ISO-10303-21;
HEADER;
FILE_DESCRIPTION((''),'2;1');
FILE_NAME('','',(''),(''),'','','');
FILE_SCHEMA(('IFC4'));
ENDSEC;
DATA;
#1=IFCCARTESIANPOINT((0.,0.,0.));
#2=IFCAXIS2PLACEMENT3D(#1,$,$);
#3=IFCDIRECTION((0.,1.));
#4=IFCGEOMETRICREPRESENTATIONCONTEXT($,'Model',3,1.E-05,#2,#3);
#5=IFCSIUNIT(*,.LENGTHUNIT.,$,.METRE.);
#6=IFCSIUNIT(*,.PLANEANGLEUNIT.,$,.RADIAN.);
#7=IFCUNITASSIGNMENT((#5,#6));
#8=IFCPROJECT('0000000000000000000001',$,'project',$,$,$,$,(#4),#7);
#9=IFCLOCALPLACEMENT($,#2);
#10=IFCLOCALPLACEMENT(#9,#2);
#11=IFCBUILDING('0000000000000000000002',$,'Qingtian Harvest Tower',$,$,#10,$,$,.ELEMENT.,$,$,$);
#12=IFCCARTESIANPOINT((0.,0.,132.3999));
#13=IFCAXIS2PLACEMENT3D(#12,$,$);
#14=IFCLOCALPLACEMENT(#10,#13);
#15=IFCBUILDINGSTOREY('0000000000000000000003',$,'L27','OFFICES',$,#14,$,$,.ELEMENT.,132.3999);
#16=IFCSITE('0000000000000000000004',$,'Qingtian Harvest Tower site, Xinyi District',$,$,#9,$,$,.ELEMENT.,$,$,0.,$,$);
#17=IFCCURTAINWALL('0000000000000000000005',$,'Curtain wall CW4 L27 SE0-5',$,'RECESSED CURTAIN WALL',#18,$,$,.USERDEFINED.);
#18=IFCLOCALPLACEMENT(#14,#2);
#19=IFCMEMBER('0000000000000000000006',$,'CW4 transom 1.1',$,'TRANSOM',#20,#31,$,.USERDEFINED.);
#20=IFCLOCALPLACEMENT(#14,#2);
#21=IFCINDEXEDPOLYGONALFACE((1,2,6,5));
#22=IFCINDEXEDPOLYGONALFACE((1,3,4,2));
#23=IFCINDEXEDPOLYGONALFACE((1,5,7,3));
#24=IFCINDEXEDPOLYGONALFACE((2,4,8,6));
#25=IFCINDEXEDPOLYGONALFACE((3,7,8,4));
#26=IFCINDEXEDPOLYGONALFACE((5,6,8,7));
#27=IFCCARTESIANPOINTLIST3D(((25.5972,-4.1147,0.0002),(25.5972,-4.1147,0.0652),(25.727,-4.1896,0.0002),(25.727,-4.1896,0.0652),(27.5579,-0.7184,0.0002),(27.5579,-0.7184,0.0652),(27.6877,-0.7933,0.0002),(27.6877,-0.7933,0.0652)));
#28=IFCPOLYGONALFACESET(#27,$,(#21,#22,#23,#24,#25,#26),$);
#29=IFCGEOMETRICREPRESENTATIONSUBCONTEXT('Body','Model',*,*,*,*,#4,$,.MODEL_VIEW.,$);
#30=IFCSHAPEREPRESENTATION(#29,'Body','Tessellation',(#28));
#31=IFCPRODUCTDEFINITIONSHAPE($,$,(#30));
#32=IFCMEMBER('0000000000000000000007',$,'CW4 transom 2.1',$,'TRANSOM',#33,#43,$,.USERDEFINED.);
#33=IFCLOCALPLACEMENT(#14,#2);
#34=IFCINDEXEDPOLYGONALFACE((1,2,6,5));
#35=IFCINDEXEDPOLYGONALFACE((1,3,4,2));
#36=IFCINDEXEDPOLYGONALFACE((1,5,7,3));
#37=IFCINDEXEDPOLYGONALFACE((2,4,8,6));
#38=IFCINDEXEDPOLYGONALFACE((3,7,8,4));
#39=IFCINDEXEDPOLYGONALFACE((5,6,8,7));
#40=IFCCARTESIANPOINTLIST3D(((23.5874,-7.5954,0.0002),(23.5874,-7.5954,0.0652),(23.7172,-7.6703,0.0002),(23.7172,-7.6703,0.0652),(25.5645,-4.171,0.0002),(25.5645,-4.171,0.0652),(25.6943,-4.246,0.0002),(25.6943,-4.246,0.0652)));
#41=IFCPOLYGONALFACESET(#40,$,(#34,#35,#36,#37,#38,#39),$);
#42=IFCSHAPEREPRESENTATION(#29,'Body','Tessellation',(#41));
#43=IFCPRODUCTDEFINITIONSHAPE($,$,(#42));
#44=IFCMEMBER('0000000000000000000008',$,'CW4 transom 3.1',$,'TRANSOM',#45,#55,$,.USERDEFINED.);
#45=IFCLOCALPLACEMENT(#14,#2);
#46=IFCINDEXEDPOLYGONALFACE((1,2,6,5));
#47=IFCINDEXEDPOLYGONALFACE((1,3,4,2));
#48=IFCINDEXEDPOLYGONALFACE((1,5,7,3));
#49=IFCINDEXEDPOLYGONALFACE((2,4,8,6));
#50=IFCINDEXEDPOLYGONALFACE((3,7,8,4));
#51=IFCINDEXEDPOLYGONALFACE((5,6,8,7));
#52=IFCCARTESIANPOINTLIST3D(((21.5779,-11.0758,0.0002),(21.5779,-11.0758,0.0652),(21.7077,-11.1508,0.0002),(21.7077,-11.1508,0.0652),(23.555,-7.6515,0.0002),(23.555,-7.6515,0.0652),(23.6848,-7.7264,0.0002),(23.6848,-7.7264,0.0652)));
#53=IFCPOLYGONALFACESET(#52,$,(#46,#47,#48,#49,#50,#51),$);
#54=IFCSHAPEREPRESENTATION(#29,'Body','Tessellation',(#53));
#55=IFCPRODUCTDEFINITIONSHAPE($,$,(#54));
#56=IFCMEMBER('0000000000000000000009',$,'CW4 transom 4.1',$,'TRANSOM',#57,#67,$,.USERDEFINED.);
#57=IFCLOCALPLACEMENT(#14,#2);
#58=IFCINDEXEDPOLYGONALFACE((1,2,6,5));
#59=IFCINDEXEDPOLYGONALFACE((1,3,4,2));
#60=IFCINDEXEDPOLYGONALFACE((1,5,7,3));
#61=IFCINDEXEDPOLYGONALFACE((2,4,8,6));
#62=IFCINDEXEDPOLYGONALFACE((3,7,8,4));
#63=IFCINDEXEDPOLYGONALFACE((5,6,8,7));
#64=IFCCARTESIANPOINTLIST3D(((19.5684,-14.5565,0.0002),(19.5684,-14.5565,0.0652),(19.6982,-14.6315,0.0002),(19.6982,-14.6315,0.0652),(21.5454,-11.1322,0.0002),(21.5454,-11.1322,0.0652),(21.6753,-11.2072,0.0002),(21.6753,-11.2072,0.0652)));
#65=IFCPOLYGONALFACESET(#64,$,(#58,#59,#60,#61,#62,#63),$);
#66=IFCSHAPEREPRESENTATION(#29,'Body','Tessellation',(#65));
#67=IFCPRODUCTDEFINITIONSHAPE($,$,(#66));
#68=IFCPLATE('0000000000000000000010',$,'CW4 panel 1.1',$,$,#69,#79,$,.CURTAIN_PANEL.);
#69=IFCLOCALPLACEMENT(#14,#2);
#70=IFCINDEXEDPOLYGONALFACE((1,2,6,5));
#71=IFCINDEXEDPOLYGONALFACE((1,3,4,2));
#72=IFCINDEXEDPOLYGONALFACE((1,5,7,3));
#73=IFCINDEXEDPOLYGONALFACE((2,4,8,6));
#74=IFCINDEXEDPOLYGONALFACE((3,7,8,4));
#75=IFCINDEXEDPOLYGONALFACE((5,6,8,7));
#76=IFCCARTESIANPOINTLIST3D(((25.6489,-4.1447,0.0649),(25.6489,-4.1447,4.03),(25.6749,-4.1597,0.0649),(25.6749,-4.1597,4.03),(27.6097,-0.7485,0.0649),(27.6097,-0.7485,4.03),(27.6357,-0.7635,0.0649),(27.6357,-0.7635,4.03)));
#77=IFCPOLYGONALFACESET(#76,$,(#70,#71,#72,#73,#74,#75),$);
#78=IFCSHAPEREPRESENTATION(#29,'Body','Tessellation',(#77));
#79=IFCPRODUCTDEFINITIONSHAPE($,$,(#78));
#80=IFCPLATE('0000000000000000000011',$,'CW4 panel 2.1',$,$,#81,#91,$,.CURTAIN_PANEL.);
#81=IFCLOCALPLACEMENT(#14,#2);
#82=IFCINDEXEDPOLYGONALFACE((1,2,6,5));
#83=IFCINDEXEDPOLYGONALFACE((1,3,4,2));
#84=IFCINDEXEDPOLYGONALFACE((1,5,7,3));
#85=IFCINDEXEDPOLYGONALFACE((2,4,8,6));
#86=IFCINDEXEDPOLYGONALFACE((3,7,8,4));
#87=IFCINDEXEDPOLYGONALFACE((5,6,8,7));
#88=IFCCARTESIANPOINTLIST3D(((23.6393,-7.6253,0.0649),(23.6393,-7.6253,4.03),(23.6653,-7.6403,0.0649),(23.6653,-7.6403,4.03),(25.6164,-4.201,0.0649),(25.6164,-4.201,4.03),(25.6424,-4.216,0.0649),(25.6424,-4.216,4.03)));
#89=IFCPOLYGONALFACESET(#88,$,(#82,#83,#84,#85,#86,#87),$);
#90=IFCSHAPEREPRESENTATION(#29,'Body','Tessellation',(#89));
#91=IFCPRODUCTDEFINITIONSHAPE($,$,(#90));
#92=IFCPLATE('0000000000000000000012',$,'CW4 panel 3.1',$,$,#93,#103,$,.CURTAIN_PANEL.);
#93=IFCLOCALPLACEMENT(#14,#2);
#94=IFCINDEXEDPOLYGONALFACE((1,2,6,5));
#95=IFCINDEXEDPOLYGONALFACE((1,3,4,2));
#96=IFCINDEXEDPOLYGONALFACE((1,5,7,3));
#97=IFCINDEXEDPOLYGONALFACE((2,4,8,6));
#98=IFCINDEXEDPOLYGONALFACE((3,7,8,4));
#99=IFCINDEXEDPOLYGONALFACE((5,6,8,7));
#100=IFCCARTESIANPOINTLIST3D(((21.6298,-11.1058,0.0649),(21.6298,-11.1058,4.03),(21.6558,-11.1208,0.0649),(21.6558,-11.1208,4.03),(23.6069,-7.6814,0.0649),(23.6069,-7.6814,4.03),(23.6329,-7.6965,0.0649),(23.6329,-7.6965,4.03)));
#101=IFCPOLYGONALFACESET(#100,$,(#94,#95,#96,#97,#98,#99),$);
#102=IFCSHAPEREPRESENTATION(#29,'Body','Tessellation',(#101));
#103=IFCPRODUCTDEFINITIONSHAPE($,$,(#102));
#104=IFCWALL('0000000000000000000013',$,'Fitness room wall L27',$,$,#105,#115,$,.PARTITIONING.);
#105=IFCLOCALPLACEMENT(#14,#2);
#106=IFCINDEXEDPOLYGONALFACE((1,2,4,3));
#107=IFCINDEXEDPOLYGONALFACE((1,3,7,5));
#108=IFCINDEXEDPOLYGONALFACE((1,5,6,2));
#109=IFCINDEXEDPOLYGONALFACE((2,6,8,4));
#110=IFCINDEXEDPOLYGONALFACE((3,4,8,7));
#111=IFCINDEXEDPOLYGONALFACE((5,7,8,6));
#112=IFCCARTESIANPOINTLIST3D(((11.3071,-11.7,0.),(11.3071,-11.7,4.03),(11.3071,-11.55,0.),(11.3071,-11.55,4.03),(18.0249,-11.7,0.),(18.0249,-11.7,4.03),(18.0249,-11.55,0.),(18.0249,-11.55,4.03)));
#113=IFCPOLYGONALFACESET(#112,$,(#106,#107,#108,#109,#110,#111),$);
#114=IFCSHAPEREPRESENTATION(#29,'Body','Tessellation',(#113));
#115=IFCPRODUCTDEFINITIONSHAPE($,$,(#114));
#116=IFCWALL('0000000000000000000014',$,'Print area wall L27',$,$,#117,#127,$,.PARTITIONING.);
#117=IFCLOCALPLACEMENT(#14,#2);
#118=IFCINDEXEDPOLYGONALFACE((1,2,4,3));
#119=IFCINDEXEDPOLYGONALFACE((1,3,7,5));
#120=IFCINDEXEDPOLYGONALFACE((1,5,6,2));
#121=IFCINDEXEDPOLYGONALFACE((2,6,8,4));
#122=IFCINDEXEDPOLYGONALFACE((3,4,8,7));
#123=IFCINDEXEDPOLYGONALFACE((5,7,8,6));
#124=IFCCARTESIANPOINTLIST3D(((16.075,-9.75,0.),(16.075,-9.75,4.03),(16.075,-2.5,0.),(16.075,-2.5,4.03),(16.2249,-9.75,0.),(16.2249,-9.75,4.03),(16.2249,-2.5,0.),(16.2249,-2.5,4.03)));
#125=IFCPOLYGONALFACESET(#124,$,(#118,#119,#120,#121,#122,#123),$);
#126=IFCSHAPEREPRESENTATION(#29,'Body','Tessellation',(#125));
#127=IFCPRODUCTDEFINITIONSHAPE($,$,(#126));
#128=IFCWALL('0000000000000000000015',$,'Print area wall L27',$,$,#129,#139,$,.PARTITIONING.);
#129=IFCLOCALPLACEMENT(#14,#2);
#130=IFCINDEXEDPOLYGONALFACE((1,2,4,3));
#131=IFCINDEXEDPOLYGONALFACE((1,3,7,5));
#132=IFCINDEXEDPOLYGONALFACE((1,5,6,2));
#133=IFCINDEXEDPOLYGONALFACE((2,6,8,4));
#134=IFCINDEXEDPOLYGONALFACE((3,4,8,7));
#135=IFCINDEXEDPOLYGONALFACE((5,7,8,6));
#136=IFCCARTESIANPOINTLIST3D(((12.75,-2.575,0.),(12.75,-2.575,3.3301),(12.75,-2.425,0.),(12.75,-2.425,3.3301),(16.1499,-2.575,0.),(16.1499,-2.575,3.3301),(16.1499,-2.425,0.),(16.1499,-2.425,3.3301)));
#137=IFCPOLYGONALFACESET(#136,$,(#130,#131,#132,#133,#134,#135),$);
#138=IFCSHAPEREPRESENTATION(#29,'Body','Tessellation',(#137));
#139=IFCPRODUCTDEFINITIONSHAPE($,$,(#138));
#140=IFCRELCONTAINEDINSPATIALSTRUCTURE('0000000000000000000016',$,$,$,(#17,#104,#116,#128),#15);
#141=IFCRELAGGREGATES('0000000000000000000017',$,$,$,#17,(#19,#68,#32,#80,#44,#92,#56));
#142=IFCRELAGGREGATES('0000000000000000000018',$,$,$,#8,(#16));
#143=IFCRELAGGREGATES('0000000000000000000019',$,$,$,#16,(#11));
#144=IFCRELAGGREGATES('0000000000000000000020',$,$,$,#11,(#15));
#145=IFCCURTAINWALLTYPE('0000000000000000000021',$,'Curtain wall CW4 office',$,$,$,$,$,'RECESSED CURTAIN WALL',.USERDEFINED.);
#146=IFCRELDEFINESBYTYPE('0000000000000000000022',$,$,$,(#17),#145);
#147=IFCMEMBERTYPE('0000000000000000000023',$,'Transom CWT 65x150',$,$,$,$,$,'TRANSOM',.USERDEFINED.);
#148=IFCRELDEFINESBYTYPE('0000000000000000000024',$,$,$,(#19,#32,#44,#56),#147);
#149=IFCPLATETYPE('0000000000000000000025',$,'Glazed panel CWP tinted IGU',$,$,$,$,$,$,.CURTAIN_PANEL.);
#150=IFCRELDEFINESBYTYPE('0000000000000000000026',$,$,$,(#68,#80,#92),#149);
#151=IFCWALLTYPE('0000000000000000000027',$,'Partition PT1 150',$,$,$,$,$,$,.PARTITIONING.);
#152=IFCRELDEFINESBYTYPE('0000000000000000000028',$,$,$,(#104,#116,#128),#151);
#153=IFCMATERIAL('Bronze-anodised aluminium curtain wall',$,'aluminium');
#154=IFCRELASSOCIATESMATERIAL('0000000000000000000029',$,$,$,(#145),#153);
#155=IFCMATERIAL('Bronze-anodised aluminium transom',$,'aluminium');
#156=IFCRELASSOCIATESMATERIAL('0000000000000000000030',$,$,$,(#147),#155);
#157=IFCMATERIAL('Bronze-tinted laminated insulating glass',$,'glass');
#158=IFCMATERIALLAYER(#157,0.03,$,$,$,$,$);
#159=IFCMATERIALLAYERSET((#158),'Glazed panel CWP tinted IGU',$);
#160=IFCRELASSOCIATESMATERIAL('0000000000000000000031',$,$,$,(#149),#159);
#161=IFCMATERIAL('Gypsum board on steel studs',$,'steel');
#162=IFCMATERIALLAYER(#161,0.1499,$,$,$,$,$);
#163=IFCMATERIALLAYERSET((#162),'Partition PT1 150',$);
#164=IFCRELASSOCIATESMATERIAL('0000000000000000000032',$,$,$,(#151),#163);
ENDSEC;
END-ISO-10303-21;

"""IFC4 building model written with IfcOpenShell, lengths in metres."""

from ifc_helpers import new_model, si_unit, direction, frame, frame_2d, origin, origin_2d, place, context, subcontext, project, spatial, rectangle, extrude, material, layer, layer_set, material_profile, profile_set, type_object, element, aggregate, save


model = new_model("IFC4")

# Units and contexts
model_context = context("Model", 3, precision=1e-05, world=origin(), true_north=direction((0.0, 1.0)))
body_context = subcontext(model_context, "Body", "Model", "MODEL_VIEW")
ifc_project = project(units=[si_unit("LENGTHUNIT", "METRE"), si_unit("PLANEANGLEUNIT", "RADIAN")], contexts=[model_context])

# Site, building, storey
site_placement = place(None, origin())
site = spatial("IfcSite", under=ifc_project, at=site_placement, Name="Qingtian Harvest Tower site, Xinyi District", CompositionType="ELEMENT", RefElevation=0.0)
building_placement = place(site_placement, origin())
building = spatial("IfcBuilding", under=site, at=building_placement, Name="Qingtian Harvest Tower", CompositionType="ELEMENT")
storey_placement = place(building_placement, frame((0.0, 0.0, 132.3999)))
storey = spatial("IfcBuildingStorey", under=building, at=storey_placement, Name="L27", Description="OFFICES", CompositionType="ELEMENT", Elevation=132.3999)

# Shared definitions
ifc_material_1 = material(Name="Bronze-anodised aluminium curtain wall", Category="aluminium")
curtain_wall_type = type_object("IfcCurtainWallType", Name="Curtain wall CW4 office", ElementType="RECESSED CURTAIN WALL", PredefinedType="USERDEFINED", material=ifc_material_1)

# Curtain wall
curtain_wall_1_placement = place(storey_placement, origin())
curtain_wall_1 = element("IfcCurtainWall", 1, at=curtain_wall_1_placement, inside=storey, type_object=curtain_wall_type, Name="Curtain wall CW4 L27 SE0-5", ObjectType="RECESSED CURTAIN WALL", PredefinedType="USERDEFINED")

# Members
ifc_material_2 = material(Name="Bronze-anodised aluminium transom", Category="aluminium")
ifc_material_profile_1 = material_profile(ifc_material_2, rectangle(XDim=0.1499, YDim=0.0649, at=origin_2d()), Name="AL 65x150")
ifc_profile_set_1 = profile_set([ifc_material_profile_1], Name="Bronze-anodised aluminium transom")
member_type_1 = type_object("IfcMemberType", Name="Transom CWT 65x150", ElementType="TRANSOM", PredefinedType="USERDEFINED", material=ifc_profile_set_1)
member_1_placement = place(storey_placement, frame((27.6228, -0.7559, 0.0327), z_axis=(-0.499976, -0.866039, 0.0), x_axis=(0.866039, -0.499976, 0.0)))
member_1 = element("IfcMember", 2, at=member_1_placement, type_object=member_type_1, Name="CW4 transom 1.1", ObjectType="TRANSOM", PredefinedType="USERDEFINED", context=body_context, shape_type="SweptSolid", body=[
    extrude(rectangle(XDim=0.1499, YDim=0.0649, at=origin_2d()), origin(), (0.0, 0.0, 1.0), 3.9216),
])
member_2_placement = place(storey_placement, frame((25.6294, -4.2085, 0.0327), z_axis=(-0.500004, -0.866023, 0.0), x_axis=(0.866023, -0.500004, 0.0)))
member_2 = element("IfcMember", 3, at=member_2_placement, type_object=member_type_1, Name="CW4 transom 2.1", ObjectType="TRANSOM", PredefinedType="USERDEFINED", context=body_context, shape_type="SweptSolid", body=[
    extrude(rectangle(XDim=0.1499, YDim=0.0649, at=origin_2d()), origin(), (0.0, 0.0, 1.0), 3.9541),
])
member_3_placement = place(storey_placement, frame((23.6199, -7.689, 0.0327), z_axis=(-0.500004, -0.866023, 0.0), x_axis=(0.866023, -0.500004, 0.0)))
member_3 = element("IfcMember", 4, at=member_3_placement, type_object=member_type_1, Name="CW4 transom 3.1", ObjectType="TRANSOM", PredefinedType="USERDEFINED", context=body_context, shape_type="SweptSolid", body=[
    extrude(rectangle(XDim=0.1499, YDim=0.0649, at=origin_2d()), origin(), (0.0, 0.0, 1.0), 3.9541),
])
member_4_placement = place(storey_placement, frame((21.6104, -11.1697, 0.0327), z_axis=(-0.500004, -0.866023, 0.0), x_axis=(0.866023, -0.500004, 0.0)))
member_4 = element("IfcMember", 5, at=member_4_placement, type_object=member_type_1, Name="CW4 transom 4.1", ObjectType="TRANSOM", PredefinedType="USERDEFINED", context=body_context, shape_type="SweptSolid", body=[
    extrude(rectangle(XDim=0.1499, YDim=0.0649, at=origin_2d()), origin(), (0.0, 0.0, 1.0), 3.9541),
])

# Plates
ifc_material_3 = material(Name="Bronze-tinted laminated insulating glass", Category="glass")
ifc_layer_1 = layer(ifc_material_3, 0.03)
ifc_layer_set_1 = layer_set([ifc_layer_1], Name="Glazed panel CWP tinted IGU")
plate_type = type_object("IfcPlateType", Name="Glazed panel CWP tinted IGU", PredefinedType="CURTAIN_PANEL", material=ifc_layer_set_1)
plate_1_placement = place(storey_placement, frame((26.6423, -2.4541, 0.0649), z_axis=(0.0, 0.0, 1.0), x_axis=(-0.5, -0.866025, 0.0)))
plate_1 = element("IfcPlate", 6, at=plate_1_placement, type_object=plate_type, Name="CW4 panel 1.1", PredefinedType="CURTAIN_PANEL", context=body_context, shape_type="SweptSolid", body=[
    extrude(rectangle(XDim=3.9216, YDim=0.03, at=origin_2d()), origin(), (0.0, 0.0, 1.0), 3.9651),
])
plate_2_placement = place(storey_placement, frame((24.6409, -5.9207, 0.0649), z_axis=(0.0, 0.0, 1.0), x_axis=(-0.5, -0.866025, 0.0)))
plate_2 = element("IfcPlate", 7, at=plate_2_placement, type_object=plate_type, Name="CW4 panel 2.1", PredefinedType="CURTAIN_PANEL", context=body_context, shape_type="SweptSolid", body=[
    extrude(rectangle(XDim=3.9541, YDim=0.03, at=origin_2d()), origin(), (0.0, 0.0, 1.0), 3.9651),
])
plate_3_placement = place(storey_placement, frame((22.6313, -9.4011, 0.0649), z_axis=(0.0, 0.0, 1.0), x_axis=(-0.5, -0.866025, 0.0)))
plate_3 = element("IfcPlate", 8, at=plate_3_placement, type_object=plate_type, Name="CW4 panel 3.1", PredefinedType="CURTAIN_PANEL", context=body_context, shape_type="SweptSolid", body=[
    extrude(rectangle(XDim=3.9541, YDim=0.03, at=origin_2d()), origin(), (0.0, 0.0, 1.0), 3.9651),
])
aggregate(curtain_wall_1, [member_1, plate_1, member_2, plate_2, member_3, plate_3, member_4])

# Walls
ifc_material_4 = material(Name="Gypsum board on steel studs", Category="steel")
ifc_layer_2 = layer(ifc_material_4, 0.1499)
ifc_layer_set_2 = layer_set([ifc_layer_2], Name="Partition PT1 150")
wall_type = type_object("IfcWallType", Name="Partition PT1 150", PredefinedType="PARTITIONING", material=ifc_layer_set_2)
wall_1_placement = place(storey_placement, frame((18.0249, -11.625, 0.0), z_axis=(0.0, 0.0, 1.0), x_axis=(-1.0, 0.0, 0.0)))
element("IfcWall", 9, at=wall_1_placement, inside=storey, type_object=wall_type, Name="Fitness room wall L27", PredefinedType="PARTITIONING", context=body_context, shape_type="SweptSolid", body=[
    extrude(rectangle(XDim=6.7178, YDim=0.1499, at=frame_2d((3.3589, 0.0))), origin(), (0.0, 0.0, 1.0), 4.03),
])
wall_2_placement = place(storey_placement, frame((16.1499, -9.75, 0.0), z_axis=(0.0, 0.0, 1.0), x_axis=(0.0, 1.0, 0.0)))
element("IfcWall", 10, at=wall_2_placement, inside=storey, type_object=wall_type, Name="Print area wall L27", PredefinedType="PARTITIONING", context=body_context, shape_type="SweptSolid", body=[
    extrude(rectangle(XDim=7.25, YDim=0.1499, at=frame_2d((3.625, 0.0))), origin(), (0.0, 0.0, 1.0), 4.03),
])
wall_3_placement = place(storey_placement, frame((12.75, -2.5, 0.0), z_axis=(0.0, 0.0, 1.0), x_axis=(1.0, 0.0, 0.0)))
element("IfcWall", 11, at=wall_3_placement, inside=storey, type_object=wall_type, Name="Print area wall L27", PredefinedType="PARTITIONING", context=body_context, shape_type="SweptSolid", body=[
    extrude(rectangle(XDim=3.3999, YDim=0.1499, at=frame_2d((1.7, 0.0))), origin(), (0.0, 0.0, 1.0), 3.3301),
])

save(model, "model.ifc")
